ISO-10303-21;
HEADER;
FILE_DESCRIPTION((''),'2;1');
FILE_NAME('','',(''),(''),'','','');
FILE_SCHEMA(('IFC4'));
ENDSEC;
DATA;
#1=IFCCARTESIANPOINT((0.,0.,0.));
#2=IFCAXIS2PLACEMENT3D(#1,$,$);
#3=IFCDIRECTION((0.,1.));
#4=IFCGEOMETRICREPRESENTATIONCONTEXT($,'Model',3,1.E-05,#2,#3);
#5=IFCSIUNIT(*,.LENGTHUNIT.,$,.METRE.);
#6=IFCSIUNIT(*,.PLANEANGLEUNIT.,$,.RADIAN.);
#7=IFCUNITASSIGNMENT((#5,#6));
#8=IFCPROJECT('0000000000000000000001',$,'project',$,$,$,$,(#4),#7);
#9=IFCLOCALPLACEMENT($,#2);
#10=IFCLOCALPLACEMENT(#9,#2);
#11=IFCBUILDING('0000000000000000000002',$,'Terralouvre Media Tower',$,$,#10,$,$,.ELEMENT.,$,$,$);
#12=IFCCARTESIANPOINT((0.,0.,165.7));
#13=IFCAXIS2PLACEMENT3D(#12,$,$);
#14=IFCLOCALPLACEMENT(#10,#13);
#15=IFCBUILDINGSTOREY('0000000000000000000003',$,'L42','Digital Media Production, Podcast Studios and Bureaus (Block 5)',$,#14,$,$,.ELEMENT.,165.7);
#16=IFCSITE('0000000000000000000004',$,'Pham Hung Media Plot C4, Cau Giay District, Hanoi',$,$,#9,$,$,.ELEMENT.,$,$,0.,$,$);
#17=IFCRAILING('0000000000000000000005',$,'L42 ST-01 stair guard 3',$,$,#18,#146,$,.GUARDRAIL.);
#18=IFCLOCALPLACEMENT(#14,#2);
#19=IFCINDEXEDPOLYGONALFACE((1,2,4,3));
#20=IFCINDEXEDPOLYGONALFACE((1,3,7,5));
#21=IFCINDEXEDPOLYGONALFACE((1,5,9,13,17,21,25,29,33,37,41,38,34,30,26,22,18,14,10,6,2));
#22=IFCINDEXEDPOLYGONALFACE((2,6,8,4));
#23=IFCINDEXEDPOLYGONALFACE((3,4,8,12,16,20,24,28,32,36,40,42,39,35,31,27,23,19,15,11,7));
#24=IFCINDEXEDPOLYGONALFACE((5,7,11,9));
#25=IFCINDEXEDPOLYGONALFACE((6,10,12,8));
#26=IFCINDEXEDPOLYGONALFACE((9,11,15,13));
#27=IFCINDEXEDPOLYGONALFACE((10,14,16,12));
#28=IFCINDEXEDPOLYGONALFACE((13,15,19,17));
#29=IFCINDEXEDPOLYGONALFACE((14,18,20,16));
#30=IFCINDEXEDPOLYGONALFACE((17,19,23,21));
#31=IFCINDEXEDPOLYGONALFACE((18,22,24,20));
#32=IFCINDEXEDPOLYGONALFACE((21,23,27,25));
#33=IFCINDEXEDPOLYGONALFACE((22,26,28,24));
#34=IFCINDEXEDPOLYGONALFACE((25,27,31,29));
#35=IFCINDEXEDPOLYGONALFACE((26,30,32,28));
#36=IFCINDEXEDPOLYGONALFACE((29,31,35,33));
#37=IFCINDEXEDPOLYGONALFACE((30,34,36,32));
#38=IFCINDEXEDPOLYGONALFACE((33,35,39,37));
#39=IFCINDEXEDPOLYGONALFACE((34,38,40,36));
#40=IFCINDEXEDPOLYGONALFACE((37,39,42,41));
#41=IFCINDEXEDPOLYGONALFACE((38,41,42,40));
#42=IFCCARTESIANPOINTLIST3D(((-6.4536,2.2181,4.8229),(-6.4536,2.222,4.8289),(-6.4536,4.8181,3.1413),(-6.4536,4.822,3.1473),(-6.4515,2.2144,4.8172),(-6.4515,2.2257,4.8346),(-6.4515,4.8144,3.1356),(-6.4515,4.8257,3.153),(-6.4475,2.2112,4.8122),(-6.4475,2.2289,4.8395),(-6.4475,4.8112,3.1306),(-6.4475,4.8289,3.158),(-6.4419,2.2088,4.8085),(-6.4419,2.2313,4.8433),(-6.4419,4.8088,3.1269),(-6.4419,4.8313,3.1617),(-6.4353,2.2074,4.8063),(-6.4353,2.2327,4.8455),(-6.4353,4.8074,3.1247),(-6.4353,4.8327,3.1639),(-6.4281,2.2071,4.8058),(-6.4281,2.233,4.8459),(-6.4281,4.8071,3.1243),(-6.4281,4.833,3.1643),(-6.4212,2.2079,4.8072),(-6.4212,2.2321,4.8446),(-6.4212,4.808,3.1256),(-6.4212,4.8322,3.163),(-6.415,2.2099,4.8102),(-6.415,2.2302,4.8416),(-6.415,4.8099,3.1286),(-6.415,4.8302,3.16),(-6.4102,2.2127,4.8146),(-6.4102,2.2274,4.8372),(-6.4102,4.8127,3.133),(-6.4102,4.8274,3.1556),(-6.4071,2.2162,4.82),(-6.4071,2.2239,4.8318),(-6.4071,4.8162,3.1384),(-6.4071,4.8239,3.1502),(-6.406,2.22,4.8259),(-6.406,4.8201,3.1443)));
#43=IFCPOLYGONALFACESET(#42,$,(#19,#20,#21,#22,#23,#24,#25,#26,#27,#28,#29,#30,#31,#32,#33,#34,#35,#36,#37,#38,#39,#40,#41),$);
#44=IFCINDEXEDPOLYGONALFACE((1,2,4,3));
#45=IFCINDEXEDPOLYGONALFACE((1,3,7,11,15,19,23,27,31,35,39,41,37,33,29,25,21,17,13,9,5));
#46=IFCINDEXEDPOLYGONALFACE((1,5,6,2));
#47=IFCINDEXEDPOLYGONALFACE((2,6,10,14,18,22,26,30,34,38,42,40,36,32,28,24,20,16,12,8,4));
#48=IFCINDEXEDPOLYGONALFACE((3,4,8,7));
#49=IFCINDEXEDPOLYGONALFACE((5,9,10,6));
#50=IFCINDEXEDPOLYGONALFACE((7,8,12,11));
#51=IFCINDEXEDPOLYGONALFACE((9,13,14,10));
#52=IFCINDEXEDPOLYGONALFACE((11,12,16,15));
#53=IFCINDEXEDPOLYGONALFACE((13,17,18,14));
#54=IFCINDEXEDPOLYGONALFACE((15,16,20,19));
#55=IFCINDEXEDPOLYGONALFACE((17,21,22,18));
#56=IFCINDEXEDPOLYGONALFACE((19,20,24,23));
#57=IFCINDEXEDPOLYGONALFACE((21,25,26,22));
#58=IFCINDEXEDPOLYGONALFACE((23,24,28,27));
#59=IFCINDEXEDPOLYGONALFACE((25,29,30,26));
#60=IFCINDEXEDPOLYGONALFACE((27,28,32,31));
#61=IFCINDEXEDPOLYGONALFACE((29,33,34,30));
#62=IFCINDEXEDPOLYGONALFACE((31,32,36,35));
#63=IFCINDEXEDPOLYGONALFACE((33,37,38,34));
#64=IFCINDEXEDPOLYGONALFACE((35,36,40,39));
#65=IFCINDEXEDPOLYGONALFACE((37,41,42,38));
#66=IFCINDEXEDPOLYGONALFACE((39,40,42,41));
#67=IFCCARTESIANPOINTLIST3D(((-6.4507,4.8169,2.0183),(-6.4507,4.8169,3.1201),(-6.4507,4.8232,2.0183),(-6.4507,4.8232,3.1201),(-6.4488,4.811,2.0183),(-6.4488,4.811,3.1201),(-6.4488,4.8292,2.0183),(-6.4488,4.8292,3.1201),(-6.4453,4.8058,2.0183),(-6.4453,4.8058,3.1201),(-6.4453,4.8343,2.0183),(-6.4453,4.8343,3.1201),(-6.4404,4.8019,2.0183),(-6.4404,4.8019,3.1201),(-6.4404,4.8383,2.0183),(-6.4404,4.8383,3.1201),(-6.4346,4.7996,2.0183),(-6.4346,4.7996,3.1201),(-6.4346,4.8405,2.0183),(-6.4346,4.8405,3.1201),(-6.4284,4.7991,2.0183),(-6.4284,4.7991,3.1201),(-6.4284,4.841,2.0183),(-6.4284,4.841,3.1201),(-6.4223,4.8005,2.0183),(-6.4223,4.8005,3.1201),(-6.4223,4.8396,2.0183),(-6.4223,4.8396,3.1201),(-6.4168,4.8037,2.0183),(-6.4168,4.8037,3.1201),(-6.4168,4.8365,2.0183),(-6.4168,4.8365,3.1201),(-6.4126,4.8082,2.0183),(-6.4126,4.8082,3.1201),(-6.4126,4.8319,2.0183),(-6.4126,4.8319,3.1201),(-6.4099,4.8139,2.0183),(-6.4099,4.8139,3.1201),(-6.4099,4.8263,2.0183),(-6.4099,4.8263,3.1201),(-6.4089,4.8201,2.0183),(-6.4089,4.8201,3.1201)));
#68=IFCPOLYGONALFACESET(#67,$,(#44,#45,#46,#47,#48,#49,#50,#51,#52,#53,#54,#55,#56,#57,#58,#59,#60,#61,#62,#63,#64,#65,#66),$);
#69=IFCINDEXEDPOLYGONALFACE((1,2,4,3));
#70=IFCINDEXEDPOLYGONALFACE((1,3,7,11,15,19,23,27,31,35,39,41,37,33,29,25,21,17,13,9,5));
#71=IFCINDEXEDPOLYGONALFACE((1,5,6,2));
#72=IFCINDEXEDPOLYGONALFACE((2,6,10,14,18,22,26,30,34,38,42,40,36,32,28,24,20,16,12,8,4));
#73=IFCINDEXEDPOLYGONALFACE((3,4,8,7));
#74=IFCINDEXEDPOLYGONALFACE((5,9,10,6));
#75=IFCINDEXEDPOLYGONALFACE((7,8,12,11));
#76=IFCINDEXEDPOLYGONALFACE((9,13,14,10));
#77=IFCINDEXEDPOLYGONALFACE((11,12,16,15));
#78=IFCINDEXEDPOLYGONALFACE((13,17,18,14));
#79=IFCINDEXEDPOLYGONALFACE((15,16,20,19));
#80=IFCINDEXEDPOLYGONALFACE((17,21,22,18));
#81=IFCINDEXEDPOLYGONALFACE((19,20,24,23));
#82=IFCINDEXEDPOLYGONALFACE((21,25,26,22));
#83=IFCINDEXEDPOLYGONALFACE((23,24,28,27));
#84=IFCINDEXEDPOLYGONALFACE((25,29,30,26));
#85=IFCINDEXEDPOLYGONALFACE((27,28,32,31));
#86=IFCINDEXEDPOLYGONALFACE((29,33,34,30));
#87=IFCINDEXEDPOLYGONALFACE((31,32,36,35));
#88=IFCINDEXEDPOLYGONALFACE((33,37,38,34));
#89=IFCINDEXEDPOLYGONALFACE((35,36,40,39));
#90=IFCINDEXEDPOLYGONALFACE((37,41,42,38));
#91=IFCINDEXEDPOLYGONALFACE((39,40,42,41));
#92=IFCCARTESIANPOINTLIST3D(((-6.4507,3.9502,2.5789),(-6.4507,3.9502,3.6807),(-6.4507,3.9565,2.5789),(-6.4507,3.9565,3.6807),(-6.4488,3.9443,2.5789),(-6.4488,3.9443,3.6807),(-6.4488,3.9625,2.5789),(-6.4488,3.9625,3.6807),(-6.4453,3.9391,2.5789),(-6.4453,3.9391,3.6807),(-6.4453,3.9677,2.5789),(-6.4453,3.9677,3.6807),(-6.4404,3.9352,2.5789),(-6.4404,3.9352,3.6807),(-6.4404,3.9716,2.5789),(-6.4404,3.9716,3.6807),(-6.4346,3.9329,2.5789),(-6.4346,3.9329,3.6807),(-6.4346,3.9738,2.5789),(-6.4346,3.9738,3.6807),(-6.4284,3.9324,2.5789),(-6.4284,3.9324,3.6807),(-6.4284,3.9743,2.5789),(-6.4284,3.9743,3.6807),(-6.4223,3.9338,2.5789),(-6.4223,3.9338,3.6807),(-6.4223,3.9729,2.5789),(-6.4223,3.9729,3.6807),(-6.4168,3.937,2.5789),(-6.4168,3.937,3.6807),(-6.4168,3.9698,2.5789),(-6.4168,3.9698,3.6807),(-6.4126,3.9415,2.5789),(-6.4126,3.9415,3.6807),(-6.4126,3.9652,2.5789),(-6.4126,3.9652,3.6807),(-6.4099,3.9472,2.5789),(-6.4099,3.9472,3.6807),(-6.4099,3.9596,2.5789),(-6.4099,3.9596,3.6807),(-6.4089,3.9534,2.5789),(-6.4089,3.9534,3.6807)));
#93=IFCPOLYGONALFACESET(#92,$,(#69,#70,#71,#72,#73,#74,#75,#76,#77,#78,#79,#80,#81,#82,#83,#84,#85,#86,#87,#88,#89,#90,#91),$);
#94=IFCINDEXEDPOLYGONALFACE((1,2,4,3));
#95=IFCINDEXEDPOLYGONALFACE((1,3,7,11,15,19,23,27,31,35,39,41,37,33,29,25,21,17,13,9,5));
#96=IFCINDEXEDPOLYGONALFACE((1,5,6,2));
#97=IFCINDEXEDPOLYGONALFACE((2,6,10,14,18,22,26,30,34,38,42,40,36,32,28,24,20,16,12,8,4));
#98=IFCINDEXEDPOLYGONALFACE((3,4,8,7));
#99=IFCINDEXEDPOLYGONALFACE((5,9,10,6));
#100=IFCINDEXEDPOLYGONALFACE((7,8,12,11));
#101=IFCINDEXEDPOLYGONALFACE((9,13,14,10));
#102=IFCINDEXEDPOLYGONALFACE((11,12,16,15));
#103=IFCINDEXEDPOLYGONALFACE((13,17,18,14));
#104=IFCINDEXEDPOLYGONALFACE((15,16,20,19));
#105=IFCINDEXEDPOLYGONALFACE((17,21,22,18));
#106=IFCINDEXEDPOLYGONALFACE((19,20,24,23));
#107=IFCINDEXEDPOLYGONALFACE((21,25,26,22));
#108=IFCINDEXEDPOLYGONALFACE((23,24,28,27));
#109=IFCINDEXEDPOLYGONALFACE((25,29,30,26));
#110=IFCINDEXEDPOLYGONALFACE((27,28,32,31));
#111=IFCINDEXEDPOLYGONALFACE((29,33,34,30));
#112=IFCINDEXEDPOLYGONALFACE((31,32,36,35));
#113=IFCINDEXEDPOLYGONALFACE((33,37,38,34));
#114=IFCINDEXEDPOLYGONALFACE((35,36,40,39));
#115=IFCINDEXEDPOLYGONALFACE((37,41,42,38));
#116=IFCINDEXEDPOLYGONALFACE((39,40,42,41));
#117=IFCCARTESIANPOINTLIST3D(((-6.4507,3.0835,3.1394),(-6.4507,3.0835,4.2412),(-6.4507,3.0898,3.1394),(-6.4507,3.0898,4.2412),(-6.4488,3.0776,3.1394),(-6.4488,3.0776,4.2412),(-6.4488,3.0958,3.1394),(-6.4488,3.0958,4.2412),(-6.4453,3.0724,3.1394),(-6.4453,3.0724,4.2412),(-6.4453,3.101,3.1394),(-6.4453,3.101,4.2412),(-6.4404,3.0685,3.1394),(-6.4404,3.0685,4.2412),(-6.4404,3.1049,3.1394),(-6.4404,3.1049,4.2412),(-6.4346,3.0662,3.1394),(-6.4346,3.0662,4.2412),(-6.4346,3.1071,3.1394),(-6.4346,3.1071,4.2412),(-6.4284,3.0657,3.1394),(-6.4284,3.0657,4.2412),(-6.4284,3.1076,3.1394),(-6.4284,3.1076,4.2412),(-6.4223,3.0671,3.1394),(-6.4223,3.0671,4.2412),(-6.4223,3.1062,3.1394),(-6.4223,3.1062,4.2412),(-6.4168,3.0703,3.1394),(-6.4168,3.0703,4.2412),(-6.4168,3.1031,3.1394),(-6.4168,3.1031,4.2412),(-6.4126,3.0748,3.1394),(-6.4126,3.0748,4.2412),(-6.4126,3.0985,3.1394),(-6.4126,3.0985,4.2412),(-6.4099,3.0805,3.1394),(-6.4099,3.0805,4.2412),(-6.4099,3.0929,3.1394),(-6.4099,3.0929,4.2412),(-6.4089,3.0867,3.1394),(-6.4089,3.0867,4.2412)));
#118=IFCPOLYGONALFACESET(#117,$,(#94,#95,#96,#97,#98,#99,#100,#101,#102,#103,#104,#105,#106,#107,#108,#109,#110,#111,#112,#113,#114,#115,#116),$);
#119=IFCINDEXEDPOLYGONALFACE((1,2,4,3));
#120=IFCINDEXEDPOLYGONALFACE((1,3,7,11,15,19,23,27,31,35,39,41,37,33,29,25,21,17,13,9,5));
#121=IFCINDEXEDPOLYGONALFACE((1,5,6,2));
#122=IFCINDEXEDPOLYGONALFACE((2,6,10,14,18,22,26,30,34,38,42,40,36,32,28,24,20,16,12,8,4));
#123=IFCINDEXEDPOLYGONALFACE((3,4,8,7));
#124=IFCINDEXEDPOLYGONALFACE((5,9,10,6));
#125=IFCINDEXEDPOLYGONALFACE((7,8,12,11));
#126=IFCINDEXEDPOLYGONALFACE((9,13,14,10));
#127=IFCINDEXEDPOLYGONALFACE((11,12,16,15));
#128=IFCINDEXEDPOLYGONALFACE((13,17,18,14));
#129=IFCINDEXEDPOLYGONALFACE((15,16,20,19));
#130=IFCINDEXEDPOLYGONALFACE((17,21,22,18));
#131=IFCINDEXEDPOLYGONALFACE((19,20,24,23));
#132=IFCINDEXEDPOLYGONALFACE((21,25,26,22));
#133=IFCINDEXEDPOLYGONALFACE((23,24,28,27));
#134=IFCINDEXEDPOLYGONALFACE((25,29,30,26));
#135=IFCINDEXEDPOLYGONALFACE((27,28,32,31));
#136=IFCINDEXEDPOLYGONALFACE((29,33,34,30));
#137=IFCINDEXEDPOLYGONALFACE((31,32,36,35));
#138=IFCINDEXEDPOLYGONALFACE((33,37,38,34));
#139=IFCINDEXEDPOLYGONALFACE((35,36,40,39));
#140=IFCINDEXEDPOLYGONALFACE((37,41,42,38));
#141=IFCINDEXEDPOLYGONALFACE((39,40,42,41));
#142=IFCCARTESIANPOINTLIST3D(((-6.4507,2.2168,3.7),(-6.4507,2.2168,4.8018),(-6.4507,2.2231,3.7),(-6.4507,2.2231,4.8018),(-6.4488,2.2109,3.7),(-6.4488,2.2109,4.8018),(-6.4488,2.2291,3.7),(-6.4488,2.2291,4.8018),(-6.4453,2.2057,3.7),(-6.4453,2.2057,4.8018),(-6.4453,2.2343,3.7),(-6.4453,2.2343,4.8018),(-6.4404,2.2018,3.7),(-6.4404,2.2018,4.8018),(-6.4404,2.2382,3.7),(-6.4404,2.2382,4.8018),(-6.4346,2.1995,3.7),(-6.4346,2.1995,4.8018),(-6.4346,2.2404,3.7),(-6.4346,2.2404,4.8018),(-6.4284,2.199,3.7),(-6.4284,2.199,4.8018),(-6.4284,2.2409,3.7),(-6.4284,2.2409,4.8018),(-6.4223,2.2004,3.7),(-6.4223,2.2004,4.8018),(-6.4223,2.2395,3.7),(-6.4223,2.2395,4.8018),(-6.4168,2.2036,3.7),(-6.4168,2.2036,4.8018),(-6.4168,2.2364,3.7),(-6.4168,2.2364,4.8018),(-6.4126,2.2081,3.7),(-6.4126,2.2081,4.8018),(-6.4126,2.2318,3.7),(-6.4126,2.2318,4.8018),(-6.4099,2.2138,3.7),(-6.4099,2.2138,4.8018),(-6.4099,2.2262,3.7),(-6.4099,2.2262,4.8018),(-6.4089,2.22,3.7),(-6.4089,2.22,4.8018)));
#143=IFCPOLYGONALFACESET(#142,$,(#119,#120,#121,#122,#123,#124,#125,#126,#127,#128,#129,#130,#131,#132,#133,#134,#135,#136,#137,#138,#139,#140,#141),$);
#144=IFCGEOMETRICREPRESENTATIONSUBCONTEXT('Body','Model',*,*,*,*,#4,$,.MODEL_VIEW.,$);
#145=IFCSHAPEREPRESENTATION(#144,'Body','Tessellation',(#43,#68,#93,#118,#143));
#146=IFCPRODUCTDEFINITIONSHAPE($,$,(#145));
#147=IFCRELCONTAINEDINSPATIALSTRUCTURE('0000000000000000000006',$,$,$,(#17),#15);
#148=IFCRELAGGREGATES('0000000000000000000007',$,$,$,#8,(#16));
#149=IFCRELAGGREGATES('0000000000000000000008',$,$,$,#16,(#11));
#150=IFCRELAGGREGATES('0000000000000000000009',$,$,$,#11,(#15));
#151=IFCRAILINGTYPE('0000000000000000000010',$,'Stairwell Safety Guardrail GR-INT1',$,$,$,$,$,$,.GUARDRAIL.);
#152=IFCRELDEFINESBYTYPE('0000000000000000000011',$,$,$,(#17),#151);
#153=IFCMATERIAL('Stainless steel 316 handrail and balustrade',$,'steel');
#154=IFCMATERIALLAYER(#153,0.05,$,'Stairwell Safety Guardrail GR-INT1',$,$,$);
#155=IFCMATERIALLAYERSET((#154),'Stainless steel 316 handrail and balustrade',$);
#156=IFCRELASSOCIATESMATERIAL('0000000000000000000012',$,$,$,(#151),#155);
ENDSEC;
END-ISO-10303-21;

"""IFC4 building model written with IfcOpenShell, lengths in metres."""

from ifc_helpers import new_model, si_unit, direction, frame, origin, origin_2d, place, context, subcontext, project, spatial, circle, extrude, material, layer, layer_set, type_object, element, save


model = new_model("IFC4")

# Units and contexts
model_context = context("Model", 3, precision=1e-05, world=origin(), true_north=direction((0.0, 1.0)))
body_context = subcontext(model_context, "Body", "Model", "MODEL_VIEW")
ifc_project = project(units=[si_unit("LENGTHUNIT", "METRE"), si_unit("PLANEANGLEUNIT", "RADIAN")], contexts=[model_context])

# Site, building, storey
site_placement = place(None, origin())
site = spatial("IfcSite", under=ifc_project, at=site_placement, Name="Pham Hung Media Plot C4, Cau Giay District, Hanoi", CompositionType="ELEMENT", RefElevation=0.0)
building_placement = place(site_placement, origin())
building = spatial("IfcBuilding", under=site, at=building_placement, Name="Terralouvre Media Tower", CompositionType="ELEMENT")
storey_placement = place(building_placement, frame((0.0, 0.0, 165.7)))
storey = spatial("IfcBuildingStorey", under=building, at=storey_placement, Name="L42", Description="Digital Media Production, Podcast Studios and Bureaus (Block 5)", CompositionType="ELEMENT", Elevation=165.7)

# Railing
ifc_material_1 = material(Name="Stainless steel 316 handrail and balustrade", Category="steel")
ifc_layer_1 = layer(ifc_material_1, 0.05, Name="Stairwell Safety Guardrail GR-INT1")
ifc_layer_set_1 = layer_set([ifc_layer_1], Name="Stainless steel 316 handrail and balustrade")
railing_type_1 = type_object("IfcRailingType", Name="Stairwell Safety Guardrail GR-INT1", PredefinedType="GUARDRAIL", material=ifc_layer_set_1)
railing_1_placement = place(storey_placement, frame((-6.4299, 4.8201, 2.0183)))
element("IfcRailing", 1, at=railing_1_placement, inside=storey, type_object=railing_type_1, Name="L42 ST-01 stair guard 3", PredefinedType="GUARDRAIL", context=body_context, shape_type="SweptSolid", body=[
    extrude(circle(Radius=0.0239, at=origin_2d()), frame((0.0, 0.0, 1.126), z_axis=(0.0, -0.839684, 0.543075), x_axis=(1.0, 0.0, 0.0)), (0.0, 0.0, 1.0), 3.0964),
    extrude(circle(Radius=0.021, at=origin_2d()), origin(), (0.0, 0.0, 1.0), 1.1018),
    extrude(circle(Radius=0.021, at=origin_2d()), frame((0.0, -0.8667, 0.5605)), (0.0, 0.0, 1.0), 1.1018),
    extrude(circle(Radius=0.021, at=origin_2d()), frame((0.0, -1.7334, 1.1211)), (0.0, 0.0, 1.0), 1.1018),
    extrude(circle(Radius=0.021, at=origin_2d()), frame((0.0, -2.6001, 1.6816)), (0.0, 0.0, 1.0), 1.1018),
])

save(model, "model.ifc")
